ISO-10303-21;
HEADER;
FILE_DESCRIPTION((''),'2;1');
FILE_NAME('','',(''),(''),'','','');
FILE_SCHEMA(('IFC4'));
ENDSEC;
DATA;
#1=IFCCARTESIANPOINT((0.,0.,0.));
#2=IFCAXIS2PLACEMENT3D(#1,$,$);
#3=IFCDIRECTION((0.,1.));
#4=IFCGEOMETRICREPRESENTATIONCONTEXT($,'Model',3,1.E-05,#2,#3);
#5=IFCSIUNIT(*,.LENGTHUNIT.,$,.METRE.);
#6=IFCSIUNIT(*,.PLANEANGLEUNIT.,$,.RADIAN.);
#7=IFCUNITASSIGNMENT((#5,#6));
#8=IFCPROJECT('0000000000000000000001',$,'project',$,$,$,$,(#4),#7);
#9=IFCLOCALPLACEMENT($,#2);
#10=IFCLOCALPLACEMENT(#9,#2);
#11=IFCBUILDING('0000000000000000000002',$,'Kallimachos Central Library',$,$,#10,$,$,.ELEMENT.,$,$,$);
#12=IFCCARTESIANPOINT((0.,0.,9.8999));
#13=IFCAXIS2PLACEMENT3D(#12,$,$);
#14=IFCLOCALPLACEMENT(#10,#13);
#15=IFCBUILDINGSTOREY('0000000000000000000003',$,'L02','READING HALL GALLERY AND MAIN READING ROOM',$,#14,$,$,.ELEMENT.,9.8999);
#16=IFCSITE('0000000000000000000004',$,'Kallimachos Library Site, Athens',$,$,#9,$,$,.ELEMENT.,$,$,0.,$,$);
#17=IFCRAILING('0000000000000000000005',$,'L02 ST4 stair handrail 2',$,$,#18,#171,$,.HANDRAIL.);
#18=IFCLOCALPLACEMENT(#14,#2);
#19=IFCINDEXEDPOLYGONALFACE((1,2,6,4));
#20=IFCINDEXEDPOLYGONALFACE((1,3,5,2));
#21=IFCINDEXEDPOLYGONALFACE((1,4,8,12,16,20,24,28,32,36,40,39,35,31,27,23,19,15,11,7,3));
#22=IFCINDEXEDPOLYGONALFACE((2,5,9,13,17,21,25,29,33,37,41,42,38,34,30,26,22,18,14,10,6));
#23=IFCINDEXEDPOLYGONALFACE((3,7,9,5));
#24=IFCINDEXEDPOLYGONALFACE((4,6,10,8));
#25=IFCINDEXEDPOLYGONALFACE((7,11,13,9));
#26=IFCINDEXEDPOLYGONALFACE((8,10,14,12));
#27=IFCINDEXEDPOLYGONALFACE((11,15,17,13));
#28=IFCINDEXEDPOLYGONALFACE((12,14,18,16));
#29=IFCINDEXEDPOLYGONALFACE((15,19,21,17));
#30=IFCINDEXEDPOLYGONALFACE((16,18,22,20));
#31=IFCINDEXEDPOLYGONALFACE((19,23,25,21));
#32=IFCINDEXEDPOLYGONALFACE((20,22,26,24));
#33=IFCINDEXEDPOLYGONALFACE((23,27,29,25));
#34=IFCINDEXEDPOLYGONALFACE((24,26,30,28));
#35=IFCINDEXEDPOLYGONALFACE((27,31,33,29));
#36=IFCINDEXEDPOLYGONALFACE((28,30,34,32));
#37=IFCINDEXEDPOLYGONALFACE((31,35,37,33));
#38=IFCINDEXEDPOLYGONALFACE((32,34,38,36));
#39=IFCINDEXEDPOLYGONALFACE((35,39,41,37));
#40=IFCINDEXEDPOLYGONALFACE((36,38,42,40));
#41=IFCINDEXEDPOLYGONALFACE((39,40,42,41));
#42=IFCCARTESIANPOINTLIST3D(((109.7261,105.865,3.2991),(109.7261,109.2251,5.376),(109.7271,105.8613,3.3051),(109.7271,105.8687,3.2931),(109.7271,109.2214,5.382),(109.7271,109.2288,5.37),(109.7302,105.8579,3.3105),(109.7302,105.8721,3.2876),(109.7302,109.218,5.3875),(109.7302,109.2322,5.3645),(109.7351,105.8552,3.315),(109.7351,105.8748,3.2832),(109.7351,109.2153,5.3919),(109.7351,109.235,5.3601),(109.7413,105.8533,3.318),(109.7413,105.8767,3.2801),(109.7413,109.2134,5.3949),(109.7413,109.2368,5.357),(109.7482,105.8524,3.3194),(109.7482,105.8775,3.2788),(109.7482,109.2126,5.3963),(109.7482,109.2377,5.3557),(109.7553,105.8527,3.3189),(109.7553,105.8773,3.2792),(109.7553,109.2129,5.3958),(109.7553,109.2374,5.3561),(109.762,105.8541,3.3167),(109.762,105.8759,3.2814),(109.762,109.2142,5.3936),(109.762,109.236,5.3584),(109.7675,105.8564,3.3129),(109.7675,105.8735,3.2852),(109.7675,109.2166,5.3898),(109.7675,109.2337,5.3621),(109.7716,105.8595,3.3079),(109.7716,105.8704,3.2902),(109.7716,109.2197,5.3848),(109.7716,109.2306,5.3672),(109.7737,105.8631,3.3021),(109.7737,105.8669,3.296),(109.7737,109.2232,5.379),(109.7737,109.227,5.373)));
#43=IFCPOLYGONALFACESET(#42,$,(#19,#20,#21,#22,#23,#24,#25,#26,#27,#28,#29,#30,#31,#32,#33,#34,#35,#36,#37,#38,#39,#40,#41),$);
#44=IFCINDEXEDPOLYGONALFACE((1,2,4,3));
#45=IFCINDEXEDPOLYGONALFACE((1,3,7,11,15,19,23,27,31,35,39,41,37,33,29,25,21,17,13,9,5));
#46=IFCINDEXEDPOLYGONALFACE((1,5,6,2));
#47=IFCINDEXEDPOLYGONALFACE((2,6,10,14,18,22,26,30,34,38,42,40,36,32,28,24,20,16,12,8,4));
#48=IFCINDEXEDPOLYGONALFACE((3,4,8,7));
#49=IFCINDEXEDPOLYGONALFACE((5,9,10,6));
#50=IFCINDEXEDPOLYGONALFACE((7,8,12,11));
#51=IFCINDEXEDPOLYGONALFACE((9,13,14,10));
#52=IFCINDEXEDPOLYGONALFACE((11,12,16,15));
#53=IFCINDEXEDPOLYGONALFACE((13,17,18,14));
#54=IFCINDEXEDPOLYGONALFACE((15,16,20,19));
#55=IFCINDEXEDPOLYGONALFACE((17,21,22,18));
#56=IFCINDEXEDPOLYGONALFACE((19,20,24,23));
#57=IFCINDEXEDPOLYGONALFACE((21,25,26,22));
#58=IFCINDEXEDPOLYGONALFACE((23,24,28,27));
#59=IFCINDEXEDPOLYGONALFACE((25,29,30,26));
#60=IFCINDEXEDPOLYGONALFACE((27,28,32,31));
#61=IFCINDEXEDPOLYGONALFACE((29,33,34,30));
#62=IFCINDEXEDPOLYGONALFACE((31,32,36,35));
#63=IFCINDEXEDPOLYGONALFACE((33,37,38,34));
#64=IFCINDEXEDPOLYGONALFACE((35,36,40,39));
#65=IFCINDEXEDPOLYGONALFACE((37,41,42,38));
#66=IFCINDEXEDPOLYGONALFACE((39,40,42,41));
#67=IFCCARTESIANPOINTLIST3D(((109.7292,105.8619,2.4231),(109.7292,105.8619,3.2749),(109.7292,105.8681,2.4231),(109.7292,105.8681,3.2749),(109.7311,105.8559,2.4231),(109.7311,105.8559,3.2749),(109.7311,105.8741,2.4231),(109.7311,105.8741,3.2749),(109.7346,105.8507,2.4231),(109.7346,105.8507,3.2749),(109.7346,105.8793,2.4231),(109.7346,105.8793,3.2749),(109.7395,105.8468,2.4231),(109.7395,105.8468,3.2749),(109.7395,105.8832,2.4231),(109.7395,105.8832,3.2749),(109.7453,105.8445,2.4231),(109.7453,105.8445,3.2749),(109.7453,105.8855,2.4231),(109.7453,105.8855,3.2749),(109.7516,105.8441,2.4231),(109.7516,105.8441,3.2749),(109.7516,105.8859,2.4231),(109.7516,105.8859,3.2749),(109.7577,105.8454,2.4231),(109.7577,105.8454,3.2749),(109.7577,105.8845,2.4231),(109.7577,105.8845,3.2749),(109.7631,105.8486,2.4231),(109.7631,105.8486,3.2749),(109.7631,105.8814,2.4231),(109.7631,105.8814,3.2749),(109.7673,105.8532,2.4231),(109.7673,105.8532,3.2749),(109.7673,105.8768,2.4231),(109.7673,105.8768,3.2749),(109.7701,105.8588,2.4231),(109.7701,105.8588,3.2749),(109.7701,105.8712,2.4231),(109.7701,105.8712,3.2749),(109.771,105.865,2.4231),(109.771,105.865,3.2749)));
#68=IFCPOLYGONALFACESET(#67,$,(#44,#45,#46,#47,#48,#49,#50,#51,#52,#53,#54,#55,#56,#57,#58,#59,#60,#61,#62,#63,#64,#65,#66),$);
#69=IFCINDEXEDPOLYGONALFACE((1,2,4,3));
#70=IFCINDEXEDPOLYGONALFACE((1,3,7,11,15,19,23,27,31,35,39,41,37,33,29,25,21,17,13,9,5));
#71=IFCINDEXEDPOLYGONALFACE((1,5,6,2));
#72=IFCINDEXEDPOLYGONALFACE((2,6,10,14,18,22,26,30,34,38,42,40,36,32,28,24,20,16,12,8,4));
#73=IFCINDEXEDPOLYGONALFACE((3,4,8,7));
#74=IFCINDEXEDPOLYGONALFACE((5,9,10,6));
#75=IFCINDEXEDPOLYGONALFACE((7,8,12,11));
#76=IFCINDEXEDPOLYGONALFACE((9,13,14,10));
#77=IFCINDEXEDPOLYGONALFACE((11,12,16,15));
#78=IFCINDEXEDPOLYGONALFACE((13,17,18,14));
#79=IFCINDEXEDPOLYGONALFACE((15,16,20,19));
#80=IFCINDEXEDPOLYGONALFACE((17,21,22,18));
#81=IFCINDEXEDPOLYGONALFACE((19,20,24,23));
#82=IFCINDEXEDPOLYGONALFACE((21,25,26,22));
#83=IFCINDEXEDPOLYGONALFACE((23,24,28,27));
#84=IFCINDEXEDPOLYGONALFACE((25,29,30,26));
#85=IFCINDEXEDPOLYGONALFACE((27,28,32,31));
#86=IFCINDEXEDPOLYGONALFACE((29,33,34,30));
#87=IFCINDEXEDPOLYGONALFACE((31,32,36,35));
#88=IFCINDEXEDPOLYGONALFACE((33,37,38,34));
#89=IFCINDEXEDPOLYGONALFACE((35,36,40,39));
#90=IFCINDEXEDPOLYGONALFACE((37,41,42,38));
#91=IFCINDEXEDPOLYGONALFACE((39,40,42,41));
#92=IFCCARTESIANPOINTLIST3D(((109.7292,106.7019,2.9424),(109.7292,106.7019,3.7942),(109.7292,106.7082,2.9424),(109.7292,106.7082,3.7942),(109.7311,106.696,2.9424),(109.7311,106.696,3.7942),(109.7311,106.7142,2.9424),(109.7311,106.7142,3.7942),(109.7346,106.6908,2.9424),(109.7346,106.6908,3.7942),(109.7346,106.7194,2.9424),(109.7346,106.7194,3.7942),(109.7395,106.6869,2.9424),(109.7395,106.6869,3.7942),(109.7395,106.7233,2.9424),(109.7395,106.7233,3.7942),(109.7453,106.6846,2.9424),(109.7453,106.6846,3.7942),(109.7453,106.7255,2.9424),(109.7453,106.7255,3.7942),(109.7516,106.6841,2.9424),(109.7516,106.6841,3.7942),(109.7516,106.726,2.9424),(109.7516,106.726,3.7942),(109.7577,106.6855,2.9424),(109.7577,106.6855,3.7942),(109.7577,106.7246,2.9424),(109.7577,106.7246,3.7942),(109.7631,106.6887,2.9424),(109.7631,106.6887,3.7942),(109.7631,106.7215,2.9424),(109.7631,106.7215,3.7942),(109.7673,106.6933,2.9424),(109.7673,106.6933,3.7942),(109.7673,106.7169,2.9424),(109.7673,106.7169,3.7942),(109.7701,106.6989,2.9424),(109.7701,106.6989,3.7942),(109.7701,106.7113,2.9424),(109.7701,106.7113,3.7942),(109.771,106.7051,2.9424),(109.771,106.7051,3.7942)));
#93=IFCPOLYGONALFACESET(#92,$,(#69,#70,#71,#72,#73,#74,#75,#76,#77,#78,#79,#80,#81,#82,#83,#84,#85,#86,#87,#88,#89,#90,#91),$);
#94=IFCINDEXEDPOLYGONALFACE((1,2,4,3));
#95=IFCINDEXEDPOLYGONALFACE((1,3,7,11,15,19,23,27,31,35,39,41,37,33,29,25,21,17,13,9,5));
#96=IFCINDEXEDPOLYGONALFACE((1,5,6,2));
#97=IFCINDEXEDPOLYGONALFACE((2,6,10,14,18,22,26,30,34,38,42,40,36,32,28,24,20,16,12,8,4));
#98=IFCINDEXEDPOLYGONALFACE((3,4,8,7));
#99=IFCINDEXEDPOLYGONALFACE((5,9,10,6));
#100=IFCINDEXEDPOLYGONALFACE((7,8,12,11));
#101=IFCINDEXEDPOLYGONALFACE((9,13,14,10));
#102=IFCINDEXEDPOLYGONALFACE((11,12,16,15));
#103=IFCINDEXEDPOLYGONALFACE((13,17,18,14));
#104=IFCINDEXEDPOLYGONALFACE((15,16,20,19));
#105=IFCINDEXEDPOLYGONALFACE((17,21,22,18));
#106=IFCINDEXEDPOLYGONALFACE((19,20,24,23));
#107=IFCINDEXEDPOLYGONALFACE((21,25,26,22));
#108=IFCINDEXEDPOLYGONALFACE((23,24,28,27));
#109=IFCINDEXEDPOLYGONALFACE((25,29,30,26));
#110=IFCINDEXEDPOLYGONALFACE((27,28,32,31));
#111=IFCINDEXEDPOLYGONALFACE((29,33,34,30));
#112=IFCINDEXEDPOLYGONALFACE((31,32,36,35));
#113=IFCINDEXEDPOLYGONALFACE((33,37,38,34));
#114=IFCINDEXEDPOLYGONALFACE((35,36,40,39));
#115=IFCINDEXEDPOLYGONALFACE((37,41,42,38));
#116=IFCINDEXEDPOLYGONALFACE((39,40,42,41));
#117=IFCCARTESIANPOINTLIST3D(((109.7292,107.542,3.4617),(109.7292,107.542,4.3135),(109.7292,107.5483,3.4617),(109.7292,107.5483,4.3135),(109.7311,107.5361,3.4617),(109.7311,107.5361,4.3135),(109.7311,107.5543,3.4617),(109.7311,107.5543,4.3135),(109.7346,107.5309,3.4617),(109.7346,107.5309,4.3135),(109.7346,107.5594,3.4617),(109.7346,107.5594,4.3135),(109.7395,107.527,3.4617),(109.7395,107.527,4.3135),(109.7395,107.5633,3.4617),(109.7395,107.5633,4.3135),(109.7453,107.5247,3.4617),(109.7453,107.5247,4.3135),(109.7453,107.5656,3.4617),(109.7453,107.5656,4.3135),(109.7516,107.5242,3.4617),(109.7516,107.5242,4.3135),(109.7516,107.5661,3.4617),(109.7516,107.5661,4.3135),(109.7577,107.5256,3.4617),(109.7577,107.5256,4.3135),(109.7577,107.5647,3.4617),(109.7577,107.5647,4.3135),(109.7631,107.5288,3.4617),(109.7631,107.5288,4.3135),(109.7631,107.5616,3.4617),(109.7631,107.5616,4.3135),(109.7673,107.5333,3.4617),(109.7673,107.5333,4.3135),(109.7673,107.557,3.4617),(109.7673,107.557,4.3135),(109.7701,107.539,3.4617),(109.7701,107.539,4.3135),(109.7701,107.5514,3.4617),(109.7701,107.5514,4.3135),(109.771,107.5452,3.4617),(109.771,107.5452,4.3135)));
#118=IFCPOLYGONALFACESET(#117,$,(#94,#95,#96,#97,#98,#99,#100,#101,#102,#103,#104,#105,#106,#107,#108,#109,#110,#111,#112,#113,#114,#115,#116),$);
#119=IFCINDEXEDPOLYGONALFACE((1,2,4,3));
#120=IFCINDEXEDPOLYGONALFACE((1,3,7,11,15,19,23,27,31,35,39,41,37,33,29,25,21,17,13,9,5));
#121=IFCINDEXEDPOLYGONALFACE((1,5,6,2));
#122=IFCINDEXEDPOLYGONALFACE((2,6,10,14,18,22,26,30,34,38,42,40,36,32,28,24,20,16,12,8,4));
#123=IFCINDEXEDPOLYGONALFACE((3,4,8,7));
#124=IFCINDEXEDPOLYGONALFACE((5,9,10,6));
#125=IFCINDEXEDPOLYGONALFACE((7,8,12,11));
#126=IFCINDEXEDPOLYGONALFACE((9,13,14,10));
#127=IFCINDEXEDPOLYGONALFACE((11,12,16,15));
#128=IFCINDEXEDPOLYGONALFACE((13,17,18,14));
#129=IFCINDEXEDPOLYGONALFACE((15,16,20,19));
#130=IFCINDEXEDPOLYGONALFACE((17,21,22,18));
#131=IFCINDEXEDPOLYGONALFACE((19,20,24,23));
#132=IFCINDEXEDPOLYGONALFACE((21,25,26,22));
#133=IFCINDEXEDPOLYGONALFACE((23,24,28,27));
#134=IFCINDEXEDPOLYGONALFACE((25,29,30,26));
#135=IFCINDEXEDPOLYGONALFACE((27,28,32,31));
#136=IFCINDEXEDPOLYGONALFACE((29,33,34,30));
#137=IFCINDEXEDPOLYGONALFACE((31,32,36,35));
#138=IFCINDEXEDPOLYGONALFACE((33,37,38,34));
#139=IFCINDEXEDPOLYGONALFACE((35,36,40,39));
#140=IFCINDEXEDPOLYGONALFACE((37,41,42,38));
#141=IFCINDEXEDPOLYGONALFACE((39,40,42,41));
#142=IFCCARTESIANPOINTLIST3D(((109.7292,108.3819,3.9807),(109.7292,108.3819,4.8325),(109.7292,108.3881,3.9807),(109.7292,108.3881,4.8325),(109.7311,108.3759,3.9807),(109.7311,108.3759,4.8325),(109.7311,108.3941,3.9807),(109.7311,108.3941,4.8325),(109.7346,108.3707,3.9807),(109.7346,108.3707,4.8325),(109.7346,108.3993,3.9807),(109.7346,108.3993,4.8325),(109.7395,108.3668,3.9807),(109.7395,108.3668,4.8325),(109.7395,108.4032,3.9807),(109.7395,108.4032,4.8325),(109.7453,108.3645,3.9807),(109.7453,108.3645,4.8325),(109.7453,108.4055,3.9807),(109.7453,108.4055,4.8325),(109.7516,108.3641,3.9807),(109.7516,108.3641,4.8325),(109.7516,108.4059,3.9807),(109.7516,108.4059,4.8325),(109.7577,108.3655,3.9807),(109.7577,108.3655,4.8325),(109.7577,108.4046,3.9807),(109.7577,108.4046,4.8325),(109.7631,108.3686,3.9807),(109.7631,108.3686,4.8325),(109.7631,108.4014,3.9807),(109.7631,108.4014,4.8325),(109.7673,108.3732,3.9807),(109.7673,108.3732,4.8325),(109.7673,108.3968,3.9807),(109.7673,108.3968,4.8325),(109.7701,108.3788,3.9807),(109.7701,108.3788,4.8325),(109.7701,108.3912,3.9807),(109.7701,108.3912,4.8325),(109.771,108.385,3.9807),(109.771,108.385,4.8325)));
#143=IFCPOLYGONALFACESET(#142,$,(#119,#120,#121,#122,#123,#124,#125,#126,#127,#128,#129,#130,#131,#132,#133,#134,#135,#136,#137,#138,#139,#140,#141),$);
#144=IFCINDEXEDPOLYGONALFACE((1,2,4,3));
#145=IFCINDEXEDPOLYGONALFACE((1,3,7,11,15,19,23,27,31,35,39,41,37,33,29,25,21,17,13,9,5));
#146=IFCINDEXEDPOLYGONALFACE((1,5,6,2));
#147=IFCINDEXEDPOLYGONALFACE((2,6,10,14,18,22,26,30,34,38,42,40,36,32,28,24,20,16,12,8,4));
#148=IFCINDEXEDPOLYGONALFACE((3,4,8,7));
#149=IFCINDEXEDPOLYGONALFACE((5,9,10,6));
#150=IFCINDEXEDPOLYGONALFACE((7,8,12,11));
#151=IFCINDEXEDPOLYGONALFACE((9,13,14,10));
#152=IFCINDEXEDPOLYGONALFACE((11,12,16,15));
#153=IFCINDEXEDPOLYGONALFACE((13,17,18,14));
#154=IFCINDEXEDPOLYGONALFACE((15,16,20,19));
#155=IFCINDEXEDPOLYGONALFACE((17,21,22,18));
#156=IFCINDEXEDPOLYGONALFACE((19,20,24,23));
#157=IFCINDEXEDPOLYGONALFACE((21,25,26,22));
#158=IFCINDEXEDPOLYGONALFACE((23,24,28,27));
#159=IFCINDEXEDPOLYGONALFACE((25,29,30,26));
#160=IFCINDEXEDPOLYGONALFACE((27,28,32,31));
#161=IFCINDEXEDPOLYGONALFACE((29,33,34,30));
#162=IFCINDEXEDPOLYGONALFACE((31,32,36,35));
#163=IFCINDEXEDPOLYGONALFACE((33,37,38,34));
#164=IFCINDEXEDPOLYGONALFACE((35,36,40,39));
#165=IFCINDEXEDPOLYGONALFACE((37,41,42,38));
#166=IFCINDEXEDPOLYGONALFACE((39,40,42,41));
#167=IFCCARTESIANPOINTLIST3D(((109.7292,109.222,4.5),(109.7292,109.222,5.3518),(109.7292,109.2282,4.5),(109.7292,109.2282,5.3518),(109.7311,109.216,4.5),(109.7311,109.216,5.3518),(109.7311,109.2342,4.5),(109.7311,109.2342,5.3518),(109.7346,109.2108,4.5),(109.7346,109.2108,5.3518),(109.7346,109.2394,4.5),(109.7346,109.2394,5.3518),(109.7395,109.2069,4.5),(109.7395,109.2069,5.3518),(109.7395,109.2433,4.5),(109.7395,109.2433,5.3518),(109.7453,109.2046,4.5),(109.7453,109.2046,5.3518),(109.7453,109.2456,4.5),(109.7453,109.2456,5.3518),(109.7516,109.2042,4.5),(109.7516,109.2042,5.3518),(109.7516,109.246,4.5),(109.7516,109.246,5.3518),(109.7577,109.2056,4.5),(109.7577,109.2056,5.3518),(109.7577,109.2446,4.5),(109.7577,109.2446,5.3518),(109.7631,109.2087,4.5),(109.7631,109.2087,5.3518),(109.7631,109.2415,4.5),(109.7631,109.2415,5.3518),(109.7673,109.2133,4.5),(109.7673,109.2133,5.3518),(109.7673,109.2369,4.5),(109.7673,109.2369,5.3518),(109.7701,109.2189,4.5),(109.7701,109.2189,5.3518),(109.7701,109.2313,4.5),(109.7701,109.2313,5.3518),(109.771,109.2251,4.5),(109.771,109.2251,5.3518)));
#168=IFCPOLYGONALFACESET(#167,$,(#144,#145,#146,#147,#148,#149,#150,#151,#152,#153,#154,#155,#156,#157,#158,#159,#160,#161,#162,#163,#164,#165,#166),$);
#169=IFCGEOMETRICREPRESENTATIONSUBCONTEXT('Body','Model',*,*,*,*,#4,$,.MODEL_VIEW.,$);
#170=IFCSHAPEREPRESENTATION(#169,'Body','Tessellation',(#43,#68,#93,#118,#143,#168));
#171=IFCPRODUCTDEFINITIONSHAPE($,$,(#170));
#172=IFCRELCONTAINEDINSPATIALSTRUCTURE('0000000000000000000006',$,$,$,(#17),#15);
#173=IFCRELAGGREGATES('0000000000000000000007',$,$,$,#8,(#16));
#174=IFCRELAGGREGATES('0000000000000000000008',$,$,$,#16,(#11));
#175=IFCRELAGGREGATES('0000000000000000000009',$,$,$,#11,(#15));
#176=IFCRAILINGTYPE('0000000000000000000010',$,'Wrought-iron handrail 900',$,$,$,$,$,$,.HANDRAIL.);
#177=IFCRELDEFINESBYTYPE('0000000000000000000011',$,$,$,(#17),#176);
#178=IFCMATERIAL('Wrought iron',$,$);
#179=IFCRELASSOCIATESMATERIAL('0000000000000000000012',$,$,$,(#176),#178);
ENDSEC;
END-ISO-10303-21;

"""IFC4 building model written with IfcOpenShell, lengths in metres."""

from ifc_helpers import new_model, si_unit, direction, frame, origin, origin_2d, place, context, subcontext, project, spatial, circle, extrude, material, type_object, element, save


model = new_model("IFC4")

# Units and contexts
model_context = context("Model", 3, precision=1e-05, world=origin(), true_north=direction((0.0, 1.0)))
body_context = subcontext(model_context, "Body", "Model", "MODEL_VIEW")
ifc_project = project(units=[si_unit("LENGTHUNIT", "METRE"), si_unit("PLANEANGLEUNIT", "RADIAN")], contexts=[model_context])

# Site, building, storey
site_placement = place(None, origin())
site = spatial("IfcSite", under=ifc_project, at=site_placement, Name="Kallimachos Library Site, Athens", CompositionType="ELEMENT", RefElevation=0.0)
building_placement = place(site_placement, origin())
building = spatial("IfcBuilding", under=site, at=building_placement, Name="Kallimachos Central Library", CompositionType="ELEMENT")
storey_placement = place(building_placement, frame((0.0, 0.0, 9.8999)))
storey = spatial("IfcBuildingStorey", under=building, at=storey_placement, Name="L02", Description="READING HALL GALLERY AND MAIN READING ROOM", CompositionType="ELEMENT", Elevation=9.8999)

# Railing
ifc_material_1 = material(Name="Wrought iron")
railing_type_1 = type_object("IfcRailingType", Name="Wrought-iron handrail 900", PredefinedType="HANDRAIL", material=ifc_material_1)
railing_1_placement = place(storey_placement, frame((109.75, 105.865, 2.4231)))
element("IfcRailing", 1, at=railing_1_placement, inside=storey, type_object=railing_type_1, Name="L02 ST4 stair handrail 2", PredefinedType="HANDRAIL", context=body_context, shape_type="SweptSolid", body=[
    extrude(circle(Radius=0.0239, at=origin_2d()), frame((0.0, 0.0, 0.876), z_axis=(0.0, 0.850623, 0.525776), x_axis=(-1.0, 0.0, 0.0)), (0.0, 0.0, 1.0), 3.9502),
    extrude(circle(Radius=0.021, at=origin_2d()), origin(), (0.0, 0.0, 1.0), 0.8518),
    extrude(circle(Radius=0.021, at=origin_2d()), frame((0.0, 0.8401, 0.5193)), (0.0, 0.0, 1.0), 0.8518),
    extrude(circle(Radius=0.021, at=origin_2d()), frame((0.0, 1.6802, 1.0386)), (0.0, 0.0, 1.0), 0.8518),
    extrude(circle(Radius=0.021, at=origin_2d()), frame((0.0, 2.52, 1.5576)), (0.0, 0.0, 1.0), 0.8518),
    extrude(circle(Radius=0.021, at=origin_2d()), frame((0.0, 3.3601, 2.0769)), (0.0, 0.0, 1.0), 0.8518),
])

save(model, "model.ifc")
